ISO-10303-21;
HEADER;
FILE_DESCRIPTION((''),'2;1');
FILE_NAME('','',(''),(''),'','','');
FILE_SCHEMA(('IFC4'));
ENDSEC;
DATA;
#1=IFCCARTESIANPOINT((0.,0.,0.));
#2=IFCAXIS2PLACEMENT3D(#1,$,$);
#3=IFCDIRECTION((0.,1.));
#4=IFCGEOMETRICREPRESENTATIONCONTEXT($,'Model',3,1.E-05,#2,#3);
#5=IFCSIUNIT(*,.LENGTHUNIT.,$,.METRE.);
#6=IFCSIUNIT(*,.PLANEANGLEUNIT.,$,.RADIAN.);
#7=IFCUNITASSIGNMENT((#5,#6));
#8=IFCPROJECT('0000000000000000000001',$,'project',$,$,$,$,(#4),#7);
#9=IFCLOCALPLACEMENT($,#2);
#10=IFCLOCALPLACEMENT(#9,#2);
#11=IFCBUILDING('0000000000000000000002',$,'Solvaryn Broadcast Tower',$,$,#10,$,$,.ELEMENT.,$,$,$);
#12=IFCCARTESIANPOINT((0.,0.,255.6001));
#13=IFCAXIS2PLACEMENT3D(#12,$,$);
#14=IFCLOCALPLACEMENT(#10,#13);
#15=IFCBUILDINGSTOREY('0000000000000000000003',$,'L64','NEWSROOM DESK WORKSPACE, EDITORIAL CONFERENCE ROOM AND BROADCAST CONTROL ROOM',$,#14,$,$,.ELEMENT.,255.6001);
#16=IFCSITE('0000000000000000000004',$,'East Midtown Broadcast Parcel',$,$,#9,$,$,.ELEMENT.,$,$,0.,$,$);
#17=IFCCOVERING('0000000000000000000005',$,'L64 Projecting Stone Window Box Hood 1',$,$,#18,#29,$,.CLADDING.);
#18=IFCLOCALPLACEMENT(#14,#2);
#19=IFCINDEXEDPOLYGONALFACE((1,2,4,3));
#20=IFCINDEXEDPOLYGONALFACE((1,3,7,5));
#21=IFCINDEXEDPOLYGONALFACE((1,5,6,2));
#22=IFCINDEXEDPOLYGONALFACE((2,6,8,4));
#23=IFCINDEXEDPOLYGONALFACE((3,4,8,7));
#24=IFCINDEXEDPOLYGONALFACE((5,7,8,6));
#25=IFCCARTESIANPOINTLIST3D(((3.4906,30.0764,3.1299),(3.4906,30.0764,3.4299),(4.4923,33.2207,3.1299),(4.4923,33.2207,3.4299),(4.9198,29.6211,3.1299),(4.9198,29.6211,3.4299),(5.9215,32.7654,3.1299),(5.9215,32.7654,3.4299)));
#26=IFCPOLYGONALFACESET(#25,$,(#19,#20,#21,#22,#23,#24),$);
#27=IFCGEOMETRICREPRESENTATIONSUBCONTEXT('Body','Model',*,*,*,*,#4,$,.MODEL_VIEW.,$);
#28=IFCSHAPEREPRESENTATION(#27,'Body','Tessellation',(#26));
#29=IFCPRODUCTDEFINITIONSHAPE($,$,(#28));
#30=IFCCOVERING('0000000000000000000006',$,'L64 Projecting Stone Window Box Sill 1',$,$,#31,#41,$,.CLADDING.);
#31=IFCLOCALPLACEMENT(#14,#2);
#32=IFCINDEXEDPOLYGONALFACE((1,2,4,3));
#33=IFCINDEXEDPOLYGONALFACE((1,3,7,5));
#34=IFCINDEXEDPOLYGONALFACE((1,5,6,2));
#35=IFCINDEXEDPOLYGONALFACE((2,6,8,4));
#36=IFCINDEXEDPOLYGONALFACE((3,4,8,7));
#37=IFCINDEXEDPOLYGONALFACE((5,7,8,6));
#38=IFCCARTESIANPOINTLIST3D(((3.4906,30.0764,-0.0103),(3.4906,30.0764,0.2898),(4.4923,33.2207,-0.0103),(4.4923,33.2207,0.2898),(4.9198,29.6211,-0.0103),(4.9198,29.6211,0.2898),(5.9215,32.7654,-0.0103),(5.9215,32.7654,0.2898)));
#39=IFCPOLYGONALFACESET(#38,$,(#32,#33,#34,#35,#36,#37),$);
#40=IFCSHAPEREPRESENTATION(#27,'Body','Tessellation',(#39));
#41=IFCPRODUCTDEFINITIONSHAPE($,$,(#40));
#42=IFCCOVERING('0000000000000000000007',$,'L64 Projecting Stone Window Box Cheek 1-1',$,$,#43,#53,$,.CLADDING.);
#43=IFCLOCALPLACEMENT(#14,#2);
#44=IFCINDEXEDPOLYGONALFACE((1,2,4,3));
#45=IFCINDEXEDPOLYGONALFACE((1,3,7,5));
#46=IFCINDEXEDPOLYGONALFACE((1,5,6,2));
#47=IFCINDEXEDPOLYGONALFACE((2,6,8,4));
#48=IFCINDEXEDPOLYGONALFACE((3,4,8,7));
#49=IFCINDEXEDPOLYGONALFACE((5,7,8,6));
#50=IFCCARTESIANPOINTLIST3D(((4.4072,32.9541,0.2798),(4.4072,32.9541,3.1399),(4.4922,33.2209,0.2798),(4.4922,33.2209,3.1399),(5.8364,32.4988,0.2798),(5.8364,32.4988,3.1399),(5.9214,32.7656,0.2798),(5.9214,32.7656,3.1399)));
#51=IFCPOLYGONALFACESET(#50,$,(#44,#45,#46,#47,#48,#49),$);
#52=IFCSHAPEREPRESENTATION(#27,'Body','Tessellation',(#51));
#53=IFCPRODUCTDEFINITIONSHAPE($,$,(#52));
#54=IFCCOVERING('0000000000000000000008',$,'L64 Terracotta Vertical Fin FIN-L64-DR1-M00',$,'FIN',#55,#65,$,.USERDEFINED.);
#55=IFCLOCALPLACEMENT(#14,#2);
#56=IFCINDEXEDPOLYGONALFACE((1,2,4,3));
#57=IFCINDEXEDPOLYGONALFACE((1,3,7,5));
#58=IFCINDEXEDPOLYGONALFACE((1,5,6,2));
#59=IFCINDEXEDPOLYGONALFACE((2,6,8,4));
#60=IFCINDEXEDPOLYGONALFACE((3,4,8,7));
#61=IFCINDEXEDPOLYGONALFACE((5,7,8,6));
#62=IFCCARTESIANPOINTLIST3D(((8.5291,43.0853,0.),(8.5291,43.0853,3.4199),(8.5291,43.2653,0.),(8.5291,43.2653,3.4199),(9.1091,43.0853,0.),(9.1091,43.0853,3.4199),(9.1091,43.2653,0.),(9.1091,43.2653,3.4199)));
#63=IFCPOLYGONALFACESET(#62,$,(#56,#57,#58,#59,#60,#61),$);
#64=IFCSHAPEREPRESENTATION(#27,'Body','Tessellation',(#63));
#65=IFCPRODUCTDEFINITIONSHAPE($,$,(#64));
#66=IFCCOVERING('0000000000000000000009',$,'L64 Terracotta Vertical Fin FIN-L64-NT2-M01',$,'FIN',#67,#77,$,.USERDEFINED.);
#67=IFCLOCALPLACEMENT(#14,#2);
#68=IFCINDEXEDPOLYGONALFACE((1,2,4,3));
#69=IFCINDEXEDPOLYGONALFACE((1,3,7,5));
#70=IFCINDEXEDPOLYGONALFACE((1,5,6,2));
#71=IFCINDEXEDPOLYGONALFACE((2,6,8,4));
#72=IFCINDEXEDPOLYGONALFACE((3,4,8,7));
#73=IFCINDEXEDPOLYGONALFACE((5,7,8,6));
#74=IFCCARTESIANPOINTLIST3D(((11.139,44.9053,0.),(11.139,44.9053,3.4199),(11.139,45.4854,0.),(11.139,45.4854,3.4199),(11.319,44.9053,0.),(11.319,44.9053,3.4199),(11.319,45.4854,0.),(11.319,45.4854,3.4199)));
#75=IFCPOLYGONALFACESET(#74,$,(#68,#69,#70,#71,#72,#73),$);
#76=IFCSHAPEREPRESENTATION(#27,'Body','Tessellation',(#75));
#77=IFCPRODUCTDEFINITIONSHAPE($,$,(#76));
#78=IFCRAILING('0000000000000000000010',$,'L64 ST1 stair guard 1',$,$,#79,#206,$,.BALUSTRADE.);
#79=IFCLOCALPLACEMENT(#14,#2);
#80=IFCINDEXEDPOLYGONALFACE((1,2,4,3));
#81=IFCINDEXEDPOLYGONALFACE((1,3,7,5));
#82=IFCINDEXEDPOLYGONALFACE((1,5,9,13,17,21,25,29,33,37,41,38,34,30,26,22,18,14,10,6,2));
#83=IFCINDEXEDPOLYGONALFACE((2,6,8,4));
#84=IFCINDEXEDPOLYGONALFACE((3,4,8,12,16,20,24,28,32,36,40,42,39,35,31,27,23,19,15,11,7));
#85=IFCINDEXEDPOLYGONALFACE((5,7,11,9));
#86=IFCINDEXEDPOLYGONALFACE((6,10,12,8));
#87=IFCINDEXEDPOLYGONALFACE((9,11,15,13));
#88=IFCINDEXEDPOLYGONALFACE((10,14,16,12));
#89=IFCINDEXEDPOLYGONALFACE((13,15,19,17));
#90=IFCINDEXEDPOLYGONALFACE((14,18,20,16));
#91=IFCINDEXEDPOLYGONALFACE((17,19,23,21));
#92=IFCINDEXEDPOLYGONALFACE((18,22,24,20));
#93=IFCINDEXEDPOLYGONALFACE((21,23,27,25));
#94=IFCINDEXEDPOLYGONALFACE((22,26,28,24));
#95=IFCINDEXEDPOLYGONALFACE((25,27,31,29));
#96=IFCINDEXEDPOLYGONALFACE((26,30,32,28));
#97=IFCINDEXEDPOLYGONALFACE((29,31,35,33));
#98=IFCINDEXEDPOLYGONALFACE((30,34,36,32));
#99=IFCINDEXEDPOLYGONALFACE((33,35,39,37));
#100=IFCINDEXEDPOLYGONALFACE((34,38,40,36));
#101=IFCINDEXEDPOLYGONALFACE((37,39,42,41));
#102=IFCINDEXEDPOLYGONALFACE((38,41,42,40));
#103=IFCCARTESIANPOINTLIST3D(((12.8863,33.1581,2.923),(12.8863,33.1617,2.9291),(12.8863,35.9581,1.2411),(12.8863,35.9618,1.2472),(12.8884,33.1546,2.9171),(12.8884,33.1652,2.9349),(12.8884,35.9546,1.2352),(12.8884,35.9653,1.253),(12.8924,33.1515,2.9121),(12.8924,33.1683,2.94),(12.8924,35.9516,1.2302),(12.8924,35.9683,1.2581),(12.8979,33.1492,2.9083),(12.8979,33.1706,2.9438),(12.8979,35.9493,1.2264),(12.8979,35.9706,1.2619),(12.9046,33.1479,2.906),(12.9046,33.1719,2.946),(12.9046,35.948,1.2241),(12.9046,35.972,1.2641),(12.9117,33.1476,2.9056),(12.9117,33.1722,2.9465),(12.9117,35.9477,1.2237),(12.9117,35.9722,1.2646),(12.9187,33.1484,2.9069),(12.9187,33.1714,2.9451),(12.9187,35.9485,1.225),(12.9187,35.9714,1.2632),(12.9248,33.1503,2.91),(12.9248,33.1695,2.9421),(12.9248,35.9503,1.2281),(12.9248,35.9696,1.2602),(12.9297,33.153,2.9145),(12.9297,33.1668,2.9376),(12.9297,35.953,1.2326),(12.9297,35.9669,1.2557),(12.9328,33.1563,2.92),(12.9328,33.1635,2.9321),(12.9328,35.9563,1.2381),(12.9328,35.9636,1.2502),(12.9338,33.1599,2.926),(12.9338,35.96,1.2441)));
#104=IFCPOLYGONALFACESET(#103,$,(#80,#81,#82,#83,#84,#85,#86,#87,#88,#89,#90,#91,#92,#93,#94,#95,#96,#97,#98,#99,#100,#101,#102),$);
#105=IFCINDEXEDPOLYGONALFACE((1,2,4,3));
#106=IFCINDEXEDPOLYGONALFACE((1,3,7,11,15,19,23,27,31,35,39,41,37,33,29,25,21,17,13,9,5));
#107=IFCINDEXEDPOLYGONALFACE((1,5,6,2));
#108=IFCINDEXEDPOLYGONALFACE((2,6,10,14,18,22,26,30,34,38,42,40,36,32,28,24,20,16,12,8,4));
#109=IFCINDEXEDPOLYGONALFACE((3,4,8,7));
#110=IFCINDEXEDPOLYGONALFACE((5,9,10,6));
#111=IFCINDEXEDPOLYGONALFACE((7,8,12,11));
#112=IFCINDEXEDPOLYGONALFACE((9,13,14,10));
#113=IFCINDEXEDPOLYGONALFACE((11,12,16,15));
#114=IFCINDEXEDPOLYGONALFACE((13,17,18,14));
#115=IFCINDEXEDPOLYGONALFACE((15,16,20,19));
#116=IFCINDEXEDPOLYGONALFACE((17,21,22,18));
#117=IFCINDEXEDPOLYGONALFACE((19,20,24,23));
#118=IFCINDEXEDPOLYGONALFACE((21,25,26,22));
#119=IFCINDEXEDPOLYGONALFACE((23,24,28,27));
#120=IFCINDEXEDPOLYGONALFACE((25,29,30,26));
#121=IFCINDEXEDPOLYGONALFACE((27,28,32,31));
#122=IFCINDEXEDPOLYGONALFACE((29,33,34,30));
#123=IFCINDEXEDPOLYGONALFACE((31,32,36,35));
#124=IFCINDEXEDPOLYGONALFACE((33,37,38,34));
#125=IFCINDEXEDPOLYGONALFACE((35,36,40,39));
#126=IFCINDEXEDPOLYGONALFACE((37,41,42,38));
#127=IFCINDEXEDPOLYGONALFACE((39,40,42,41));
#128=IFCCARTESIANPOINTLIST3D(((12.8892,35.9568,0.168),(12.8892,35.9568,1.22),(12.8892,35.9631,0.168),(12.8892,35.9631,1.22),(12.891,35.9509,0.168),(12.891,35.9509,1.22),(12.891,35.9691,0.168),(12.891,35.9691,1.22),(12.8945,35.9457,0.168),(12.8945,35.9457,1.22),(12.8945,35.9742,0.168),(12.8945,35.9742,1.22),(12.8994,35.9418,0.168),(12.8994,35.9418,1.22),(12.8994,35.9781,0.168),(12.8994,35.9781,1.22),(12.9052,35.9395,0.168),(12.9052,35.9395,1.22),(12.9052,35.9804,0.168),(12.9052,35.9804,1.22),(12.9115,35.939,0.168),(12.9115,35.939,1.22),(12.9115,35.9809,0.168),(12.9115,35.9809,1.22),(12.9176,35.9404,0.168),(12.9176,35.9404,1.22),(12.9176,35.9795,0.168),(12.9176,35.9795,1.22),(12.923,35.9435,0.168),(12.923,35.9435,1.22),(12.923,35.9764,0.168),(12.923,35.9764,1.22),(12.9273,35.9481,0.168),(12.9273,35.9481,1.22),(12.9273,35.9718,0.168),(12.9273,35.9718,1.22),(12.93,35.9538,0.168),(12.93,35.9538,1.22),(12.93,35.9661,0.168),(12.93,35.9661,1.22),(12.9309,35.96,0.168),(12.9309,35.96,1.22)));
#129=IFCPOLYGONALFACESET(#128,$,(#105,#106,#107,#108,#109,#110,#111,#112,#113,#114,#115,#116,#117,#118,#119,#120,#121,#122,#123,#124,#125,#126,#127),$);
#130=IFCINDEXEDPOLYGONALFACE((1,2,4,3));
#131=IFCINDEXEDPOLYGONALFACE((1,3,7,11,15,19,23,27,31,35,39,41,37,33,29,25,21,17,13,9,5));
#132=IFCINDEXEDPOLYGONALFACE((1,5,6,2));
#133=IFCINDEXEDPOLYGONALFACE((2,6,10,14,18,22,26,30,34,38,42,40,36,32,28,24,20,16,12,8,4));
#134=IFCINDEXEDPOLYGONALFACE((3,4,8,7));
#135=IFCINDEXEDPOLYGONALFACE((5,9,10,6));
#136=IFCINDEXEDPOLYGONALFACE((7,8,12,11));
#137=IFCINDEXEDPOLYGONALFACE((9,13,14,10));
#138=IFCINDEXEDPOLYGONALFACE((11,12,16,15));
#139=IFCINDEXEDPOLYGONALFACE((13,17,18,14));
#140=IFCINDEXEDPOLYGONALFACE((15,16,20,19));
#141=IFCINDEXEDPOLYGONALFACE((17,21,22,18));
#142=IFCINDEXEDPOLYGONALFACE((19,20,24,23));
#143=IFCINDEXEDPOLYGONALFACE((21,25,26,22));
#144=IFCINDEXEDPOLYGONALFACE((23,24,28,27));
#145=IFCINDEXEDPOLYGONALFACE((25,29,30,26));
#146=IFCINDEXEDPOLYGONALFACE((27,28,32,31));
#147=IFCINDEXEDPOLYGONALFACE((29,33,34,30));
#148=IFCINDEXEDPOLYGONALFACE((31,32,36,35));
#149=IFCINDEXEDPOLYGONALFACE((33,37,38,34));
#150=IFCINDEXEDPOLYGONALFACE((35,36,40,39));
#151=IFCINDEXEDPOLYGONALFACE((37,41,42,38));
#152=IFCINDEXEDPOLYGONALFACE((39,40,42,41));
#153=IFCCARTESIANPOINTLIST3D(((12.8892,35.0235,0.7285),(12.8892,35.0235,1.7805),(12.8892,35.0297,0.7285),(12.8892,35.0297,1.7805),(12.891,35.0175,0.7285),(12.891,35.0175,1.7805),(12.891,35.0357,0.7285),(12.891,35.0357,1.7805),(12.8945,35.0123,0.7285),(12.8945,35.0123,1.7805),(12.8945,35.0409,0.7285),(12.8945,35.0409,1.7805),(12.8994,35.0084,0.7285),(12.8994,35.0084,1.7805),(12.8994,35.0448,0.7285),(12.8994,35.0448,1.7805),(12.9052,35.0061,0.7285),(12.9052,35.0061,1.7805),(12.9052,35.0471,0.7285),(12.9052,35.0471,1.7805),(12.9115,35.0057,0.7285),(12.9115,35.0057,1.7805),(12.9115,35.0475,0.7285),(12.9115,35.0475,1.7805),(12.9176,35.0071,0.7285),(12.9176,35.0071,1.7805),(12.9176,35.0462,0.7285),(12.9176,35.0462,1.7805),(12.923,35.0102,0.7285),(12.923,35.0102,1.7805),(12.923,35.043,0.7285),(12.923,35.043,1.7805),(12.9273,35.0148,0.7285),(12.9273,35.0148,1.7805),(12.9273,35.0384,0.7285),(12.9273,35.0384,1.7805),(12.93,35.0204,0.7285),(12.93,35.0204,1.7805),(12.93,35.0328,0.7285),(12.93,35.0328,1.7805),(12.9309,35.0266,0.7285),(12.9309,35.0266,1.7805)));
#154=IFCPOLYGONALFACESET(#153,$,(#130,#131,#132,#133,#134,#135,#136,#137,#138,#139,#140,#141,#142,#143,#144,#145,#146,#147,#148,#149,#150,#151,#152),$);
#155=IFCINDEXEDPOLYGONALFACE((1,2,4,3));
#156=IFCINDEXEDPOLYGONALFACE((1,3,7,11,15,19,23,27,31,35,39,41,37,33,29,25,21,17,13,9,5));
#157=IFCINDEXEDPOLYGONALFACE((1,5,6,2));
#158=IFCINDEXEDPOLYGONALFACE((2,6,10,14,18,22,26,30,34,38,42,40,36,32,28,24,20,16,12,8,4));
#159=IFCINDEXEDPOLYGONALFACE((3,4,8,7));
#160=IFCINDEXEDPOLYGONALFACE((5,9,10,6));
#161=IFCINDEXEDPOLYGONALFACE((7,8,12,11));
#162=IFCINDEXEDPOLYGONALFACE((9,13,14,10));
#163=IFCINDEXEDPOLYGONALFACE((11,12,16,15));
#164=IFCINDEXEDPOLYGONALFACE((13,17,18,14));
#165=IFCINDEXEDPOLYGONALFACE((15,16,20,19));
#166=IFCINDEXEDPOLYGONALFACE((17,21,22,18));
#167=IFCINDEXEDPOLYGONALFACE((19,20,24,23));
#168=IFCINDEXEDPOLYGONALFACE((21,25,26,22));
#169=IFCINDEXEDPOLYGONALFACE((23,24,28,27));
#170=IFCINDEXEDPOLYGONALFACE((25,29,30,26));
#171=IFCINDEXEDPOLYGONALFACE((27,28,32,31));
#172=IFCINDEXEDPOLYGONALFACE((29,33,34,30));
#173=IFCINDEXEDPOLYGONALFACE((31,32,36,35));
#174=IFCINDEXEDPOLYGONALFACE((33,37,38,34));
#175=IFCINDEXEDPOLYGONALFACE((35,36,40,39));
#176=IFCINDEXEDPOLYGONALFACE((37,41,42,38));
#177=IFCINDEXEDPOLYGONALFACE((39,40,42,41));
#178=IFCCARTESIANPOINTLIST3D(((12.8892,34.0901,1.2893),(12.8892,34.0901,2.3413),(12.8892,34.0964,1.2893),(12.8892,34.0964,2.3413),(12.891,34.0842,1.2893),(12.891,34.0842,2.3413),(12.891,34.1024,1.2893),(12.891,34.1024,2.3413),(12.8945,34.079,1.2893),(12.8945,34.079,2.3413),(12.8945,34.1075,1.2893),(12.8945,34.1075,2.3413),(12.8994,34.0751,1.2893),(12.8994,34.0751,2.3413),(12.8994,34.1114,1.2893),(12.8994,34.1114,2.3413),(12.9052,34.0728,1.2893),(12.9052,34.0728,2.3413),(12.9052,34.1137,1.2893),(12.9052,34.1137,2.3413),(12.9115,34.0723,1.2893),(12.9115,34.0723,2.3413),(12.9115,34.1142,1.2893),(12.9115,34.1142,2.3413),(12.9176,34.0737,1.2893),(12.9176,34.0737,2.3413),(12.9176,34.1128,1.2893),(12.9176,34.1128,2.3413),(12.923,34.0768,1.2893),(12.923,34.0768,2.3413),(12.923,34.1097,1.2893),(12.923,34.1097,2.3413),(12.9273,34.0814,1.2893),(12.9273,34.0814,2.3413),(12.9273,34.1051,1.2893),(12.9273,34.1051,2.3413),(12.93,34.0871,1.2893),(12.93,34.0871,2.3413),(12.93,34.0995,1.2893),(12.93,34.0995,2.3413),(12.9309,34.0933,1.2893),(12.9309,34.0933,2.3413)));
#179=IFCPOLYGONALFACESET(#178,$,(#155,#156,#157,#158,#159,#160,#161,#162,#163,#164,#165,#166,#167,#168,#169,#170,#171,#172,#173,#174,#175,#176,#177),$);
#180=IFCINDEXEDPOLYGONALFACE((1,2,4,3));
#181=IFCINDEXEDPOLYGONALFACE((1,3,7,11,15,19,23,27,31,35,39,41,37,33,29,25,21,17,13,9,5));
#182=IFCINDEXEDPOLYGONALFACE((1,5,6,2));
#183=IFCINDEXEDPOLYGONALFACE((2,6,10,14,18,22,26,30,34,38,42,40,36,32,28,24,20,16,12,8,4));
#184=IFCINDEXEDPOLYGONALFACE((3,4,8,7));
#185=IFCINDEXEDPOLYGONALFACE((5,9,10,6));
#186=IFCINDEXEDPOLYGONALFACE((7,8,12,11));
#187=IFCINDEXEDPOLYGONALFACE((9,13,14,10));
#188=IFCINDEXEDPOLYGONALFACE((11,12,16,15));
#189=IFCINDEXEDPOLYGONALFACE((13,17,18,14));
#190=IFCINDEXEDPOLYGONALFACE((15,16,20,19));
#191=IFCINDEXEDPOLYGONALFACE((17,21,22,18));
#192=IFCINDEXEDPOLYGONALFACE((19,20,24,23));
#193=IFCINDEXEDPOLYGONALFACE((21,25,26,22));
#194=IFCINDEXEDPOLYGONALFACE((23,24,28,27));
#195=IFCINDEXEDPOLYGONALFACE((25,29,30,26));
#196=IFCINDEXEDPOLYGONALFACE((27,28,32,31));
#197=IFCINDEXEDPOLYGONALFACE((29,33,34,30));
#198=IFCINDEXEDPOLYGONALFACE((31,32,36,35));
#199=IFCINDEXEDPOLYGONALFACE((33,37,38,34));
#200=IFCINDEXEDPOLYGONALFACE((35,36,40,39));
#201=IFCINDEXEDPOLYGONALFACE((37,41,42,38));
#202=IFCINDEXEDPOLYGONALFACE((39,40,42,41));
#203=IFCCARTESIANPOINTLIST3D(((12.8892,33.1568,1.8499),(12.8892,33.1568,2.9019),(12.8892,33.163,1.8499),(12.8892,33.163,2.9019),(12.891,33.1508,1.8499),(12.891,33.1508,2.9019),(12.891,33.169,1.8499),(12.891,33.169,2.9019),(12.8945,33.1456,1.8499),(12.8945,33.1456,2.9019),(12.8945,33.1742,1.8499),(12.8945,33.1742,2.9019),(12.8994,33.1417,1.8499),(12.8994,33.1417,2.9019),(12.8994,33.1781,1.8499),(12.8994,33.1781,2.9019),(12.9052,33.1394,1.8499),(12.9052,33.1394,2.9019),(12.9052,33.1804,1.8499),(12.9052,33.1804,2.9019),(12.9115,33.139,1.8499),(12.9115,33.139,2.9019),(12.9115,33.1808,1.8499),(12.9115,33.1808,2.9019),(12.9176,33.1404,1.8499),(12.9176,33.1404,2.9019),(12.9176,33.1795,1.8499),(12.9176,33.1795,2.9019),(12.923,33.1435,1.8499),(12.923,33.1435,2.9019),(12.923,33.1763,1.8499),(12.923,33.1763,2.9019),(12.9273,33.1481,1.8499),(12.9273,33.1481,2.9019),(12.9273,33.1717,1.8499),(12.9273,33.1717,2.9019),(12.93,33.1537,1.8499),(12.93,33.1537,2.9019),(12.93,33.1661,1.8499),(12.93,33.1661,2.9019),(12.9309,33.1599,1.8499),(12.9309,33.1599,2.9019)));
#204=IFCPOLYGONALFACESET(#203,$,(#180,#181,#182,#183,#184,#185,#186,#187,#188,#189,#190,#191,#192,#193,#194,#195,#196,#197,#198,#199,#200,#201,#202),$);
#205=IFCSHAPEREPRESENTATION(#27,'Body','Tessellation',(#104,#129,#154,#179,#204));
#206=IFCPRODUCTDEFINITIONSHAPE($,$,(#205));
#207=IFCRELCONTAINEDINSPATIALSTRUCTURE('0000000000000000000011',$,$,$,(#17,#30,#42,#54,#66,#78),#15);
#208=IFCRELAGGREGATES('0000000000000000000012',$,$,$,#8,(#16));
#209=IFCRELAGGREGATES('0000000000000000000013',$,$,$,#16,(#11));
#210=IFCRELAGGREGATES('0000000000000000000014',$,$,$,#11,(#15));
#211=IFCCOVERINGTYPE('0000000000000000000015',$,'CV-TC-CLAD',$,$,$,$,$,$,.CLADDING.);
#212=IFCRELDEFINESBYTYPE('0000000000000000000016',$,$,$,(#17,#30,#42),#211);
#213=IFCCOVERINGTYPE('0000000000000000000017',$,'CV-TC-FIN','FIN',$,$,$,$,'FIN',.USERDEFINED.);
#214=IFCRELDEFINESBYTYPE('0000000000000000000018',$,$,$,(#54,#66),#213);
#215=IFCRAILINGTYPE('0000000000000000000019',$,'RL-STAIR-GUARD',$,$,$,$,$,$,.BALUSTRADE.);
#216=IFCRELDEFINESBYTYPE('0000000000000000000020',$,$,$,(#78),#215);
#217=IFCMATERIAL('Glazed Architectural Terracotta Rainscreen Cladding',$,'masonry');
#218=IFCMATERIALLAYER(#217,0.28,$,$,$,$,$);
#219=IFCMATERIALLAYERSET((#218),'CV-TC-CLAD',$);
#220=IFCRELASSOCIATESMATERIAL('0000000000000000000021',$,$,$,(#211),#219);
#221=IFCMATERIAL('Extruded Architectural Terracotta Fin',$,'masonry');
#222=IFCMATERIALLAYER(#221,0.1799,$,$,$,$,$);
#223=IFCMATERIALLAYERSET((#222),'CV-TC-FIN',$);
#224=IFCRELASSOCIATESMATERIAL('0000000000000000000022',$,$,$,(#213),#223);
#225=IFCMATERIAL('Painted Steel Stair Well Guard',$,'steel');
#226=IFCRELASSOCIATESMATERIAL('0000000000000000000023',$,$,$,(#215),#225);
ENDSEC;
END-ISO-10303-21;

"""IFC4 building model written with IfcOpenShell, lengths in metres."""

from ifc_helpers import new_model, si_unit, direction, frame, origin, origin_2d, place, context, subcontext, project, spatial, rectangle, circle, extrude, material, layer, layer_set, type_object, element, save


model = new_model("IFC4")

# Units and contexts
model_context = context("Model", 3, precision=1e-05, world=origin(), true_north=direction((0.0, 1.0)))
body_context = subcontext(model_context, "Body", "Model", "MODEL_VIEW")
ifc_project = project(units=[si_unit("LENGTHUNIT", "METRE"), si_unit("PLANEANGLEUNIT", "RADIAN")], contexts=[model_context])

# Site, building, storey
site_placement = place(None, origin())
site = spatial("IfcSite", under=ifc_project, at=site_placement, Name="East Midtown Broadcast Parcel", CompositionType="ELEMENT", RefElevation=0.0)
building_placement = place(site_placement, origin())
building = spatial("IfcBuilding", under=site, at=building_placement, Name="Solvaryn Broadcast Tower", CompositionType="ELEMENT")
storey_placement = place(building_placement, frame((0.0, 0.0, 255.6001)))
storey = spatial("IfcBuildingStorey", under=building, at=storey_placement, Name="L64", Description="NEWSROOM DESK WORKSPACE, EDITORIAL CONFERENCE ROOM AND BROADCAST CONTROL ROOM", CompositionType="ELEMENT", Elevation=255.6001)

# Coverings
ifc_material_1 = material(Name="Glazed Architectural Terracotta Rainscreen Cladding", Category="masonry")
ifc_layer_1 = layer(ifc_material_1, 0.28)
ifc_layer_set_1 = layer_set([ifc_layer_1], Name="CV-TC-CLAD")
covering_type_1 = type_object("IfcCoveringType", Name="CV-TC-CLAD", PredefinedType="CLADDING", material=ifc_layer_set_1)
for number, where, z_axis, x_axis, name in (
    (1, (4.7061, 31.4209, 3.1299), (0.0, 0.0, 1.0), (-0.303534, -0.952821, 0.0), "L64 Projecting Stone Window Box Hood 1"),
    (2, (4.7061, 31.4209, -0.0103), (0.0, 0.0, 1.0), (-0.303534, -0.952821, 0.0), "L64 Projecting Stone Window Box Sill 1"),
):
    element("IfcCovering", number, at=place(storey_placement, frame(where, z_axis=z_axis, x_axis=x_axis)), inside=storey, type_object=covering_type_1, Name=name, PredefinedType="CLADDING", context=body_context, shape_type="SweptSolid", body=[
        extrude(rectangle(XDim=3.3, YDim=1.5, at=origin_2d()), origin(), (0.0, 0.0, 1.0), 0.3),
    ])
covering_1_placement = place(storey_placement, frame((5.1643, 32.8599, 0.2798), z_axis=(0.0, 0.0, 1.0), x_axis=(-0.303534, -0.952821, 0.0)))
element("IfcCovering", 3, at=covering_1_placement, inside=storey, type_object=covering_type_1, Name="L64 Projecting Stone Window Box Cheek 1-1", PredefinedType="CLADDING", context=body_context, shape_type="SweptSolid", body=[
    extrude(rectangle(XDim=0.28, YDim=1.5, at=origin_2d()), origin(), (0.0, 0.0, 1.0), 2.8601),
])
ifc_material_2 = material(Name="Extruded Architectural Terracotta Fin", Category="masonry")
ifc_layer_2 = layer(ifc_material_2, 0.1799)
ifc_layer_set_2 = layer_set([ifc_layer_2], Name="CV-TC-FIN")
covering_type_2 = type_object("IfcCoveringType", Name="CV-TC-FIN", Description="FIN", ElementType="FIN", PredefinedType="USERDEFINED", material=ifc_layer_set_2)
covering_2_placement = place(storey_placement, frame((8.8191, 43.1753, 0.0), z_axis=(0.0, 0.0, 1.0), x_axis=(1.0, 0.0, 0.0)))
element("IfcCovering", 4, at=covering_2_placement, inside=storey, type_object=covering_type_2, Name="L64 Terracotta Vertical Fin FIN-L64-DR1-M00", ObjectType="FIN", PredefinedType="USERDEFINED", context=body_context, shape_type="SweptSolid", body=[
    extrude(rectangle(XDim=0.5801, YDim=0.1799, at=origin_2d()), origin(), (0.0, 0.0, 1.0), 3.4199),
])
covering_3_placement = place(storey_placement, frame((11.229, 45.1953, 0.0), z_axis=(0.0, 0.0, 1.0), x_axis=(1.0, 0.0, 0.0)))
element("IfcCovering", 5, at=covering_3_placement, inside=storey, type_object=covering_type_2, Name="L64 Terracotta Vertical Fin FIN-L64-NT2-M01", ObjectType="FIN", PredefinedType="USERDEFINED", context=body_context, shape_type="SweptSolid", body=[
    extrude(rectangle(XDim=0.1799, YDim=0.5801, at=origin_2d()), origin(), (0.0, 0.0, 1.0), 3.4199),
])

# Railing
ifc_material_3 = material(Name="Painted Steel Stair Well Guard", Category="steel")
railing_type_1 = type_object("IfcRailingType", Name="RL-STAIR-GUARD", PredefinedType="BALUSTRADE", material=ifc_material_3)
railing_1_placement = place(storey_placement, frame((12.9099, 35.96, 0.168)))
element("IfcRailing", 6, at=railing_1_placement, inside=storey, type_object=railing_type_1, Name="L64 ST1 stair guard 1", PredefinedType="BALUSTRADE", context=body_context, shape_type="SweptSolid", body=[
    extrude(circle(Radius=0.0239, at=origin_2d()), frame((0.0, 0.0, 1.0762), z_axis=(0.0, -0.857242, 0.514913), x_axis=(1.0, 0.0, 0.0)), (0.0, 0.0, 1.0), 3.2664),
    extrude(circle(Radius=0.021, at=origin_2d()), origin(), (0.0, 0.0, 1.0), 1.052),
    extrude(circle(Radius=0.021, at=origin_2d()), frame((0.0, -0.9333, 0.5605)), (0.0, 0.0, 1.0), 1.052),
    extrude(circle(Radius=0.021, at=origin_2d()), frame((0.0, -1.8667, 1.1213)), (0.0, 0.0, 1.0), 1.052),
    extrude(circle(Radius=0.021, at=origin_2d()), frame((0.0, -2.8, 1.6819)), (0.0, 0.0, 1.0), 1.052),
])

save(model, "model.ifc")
